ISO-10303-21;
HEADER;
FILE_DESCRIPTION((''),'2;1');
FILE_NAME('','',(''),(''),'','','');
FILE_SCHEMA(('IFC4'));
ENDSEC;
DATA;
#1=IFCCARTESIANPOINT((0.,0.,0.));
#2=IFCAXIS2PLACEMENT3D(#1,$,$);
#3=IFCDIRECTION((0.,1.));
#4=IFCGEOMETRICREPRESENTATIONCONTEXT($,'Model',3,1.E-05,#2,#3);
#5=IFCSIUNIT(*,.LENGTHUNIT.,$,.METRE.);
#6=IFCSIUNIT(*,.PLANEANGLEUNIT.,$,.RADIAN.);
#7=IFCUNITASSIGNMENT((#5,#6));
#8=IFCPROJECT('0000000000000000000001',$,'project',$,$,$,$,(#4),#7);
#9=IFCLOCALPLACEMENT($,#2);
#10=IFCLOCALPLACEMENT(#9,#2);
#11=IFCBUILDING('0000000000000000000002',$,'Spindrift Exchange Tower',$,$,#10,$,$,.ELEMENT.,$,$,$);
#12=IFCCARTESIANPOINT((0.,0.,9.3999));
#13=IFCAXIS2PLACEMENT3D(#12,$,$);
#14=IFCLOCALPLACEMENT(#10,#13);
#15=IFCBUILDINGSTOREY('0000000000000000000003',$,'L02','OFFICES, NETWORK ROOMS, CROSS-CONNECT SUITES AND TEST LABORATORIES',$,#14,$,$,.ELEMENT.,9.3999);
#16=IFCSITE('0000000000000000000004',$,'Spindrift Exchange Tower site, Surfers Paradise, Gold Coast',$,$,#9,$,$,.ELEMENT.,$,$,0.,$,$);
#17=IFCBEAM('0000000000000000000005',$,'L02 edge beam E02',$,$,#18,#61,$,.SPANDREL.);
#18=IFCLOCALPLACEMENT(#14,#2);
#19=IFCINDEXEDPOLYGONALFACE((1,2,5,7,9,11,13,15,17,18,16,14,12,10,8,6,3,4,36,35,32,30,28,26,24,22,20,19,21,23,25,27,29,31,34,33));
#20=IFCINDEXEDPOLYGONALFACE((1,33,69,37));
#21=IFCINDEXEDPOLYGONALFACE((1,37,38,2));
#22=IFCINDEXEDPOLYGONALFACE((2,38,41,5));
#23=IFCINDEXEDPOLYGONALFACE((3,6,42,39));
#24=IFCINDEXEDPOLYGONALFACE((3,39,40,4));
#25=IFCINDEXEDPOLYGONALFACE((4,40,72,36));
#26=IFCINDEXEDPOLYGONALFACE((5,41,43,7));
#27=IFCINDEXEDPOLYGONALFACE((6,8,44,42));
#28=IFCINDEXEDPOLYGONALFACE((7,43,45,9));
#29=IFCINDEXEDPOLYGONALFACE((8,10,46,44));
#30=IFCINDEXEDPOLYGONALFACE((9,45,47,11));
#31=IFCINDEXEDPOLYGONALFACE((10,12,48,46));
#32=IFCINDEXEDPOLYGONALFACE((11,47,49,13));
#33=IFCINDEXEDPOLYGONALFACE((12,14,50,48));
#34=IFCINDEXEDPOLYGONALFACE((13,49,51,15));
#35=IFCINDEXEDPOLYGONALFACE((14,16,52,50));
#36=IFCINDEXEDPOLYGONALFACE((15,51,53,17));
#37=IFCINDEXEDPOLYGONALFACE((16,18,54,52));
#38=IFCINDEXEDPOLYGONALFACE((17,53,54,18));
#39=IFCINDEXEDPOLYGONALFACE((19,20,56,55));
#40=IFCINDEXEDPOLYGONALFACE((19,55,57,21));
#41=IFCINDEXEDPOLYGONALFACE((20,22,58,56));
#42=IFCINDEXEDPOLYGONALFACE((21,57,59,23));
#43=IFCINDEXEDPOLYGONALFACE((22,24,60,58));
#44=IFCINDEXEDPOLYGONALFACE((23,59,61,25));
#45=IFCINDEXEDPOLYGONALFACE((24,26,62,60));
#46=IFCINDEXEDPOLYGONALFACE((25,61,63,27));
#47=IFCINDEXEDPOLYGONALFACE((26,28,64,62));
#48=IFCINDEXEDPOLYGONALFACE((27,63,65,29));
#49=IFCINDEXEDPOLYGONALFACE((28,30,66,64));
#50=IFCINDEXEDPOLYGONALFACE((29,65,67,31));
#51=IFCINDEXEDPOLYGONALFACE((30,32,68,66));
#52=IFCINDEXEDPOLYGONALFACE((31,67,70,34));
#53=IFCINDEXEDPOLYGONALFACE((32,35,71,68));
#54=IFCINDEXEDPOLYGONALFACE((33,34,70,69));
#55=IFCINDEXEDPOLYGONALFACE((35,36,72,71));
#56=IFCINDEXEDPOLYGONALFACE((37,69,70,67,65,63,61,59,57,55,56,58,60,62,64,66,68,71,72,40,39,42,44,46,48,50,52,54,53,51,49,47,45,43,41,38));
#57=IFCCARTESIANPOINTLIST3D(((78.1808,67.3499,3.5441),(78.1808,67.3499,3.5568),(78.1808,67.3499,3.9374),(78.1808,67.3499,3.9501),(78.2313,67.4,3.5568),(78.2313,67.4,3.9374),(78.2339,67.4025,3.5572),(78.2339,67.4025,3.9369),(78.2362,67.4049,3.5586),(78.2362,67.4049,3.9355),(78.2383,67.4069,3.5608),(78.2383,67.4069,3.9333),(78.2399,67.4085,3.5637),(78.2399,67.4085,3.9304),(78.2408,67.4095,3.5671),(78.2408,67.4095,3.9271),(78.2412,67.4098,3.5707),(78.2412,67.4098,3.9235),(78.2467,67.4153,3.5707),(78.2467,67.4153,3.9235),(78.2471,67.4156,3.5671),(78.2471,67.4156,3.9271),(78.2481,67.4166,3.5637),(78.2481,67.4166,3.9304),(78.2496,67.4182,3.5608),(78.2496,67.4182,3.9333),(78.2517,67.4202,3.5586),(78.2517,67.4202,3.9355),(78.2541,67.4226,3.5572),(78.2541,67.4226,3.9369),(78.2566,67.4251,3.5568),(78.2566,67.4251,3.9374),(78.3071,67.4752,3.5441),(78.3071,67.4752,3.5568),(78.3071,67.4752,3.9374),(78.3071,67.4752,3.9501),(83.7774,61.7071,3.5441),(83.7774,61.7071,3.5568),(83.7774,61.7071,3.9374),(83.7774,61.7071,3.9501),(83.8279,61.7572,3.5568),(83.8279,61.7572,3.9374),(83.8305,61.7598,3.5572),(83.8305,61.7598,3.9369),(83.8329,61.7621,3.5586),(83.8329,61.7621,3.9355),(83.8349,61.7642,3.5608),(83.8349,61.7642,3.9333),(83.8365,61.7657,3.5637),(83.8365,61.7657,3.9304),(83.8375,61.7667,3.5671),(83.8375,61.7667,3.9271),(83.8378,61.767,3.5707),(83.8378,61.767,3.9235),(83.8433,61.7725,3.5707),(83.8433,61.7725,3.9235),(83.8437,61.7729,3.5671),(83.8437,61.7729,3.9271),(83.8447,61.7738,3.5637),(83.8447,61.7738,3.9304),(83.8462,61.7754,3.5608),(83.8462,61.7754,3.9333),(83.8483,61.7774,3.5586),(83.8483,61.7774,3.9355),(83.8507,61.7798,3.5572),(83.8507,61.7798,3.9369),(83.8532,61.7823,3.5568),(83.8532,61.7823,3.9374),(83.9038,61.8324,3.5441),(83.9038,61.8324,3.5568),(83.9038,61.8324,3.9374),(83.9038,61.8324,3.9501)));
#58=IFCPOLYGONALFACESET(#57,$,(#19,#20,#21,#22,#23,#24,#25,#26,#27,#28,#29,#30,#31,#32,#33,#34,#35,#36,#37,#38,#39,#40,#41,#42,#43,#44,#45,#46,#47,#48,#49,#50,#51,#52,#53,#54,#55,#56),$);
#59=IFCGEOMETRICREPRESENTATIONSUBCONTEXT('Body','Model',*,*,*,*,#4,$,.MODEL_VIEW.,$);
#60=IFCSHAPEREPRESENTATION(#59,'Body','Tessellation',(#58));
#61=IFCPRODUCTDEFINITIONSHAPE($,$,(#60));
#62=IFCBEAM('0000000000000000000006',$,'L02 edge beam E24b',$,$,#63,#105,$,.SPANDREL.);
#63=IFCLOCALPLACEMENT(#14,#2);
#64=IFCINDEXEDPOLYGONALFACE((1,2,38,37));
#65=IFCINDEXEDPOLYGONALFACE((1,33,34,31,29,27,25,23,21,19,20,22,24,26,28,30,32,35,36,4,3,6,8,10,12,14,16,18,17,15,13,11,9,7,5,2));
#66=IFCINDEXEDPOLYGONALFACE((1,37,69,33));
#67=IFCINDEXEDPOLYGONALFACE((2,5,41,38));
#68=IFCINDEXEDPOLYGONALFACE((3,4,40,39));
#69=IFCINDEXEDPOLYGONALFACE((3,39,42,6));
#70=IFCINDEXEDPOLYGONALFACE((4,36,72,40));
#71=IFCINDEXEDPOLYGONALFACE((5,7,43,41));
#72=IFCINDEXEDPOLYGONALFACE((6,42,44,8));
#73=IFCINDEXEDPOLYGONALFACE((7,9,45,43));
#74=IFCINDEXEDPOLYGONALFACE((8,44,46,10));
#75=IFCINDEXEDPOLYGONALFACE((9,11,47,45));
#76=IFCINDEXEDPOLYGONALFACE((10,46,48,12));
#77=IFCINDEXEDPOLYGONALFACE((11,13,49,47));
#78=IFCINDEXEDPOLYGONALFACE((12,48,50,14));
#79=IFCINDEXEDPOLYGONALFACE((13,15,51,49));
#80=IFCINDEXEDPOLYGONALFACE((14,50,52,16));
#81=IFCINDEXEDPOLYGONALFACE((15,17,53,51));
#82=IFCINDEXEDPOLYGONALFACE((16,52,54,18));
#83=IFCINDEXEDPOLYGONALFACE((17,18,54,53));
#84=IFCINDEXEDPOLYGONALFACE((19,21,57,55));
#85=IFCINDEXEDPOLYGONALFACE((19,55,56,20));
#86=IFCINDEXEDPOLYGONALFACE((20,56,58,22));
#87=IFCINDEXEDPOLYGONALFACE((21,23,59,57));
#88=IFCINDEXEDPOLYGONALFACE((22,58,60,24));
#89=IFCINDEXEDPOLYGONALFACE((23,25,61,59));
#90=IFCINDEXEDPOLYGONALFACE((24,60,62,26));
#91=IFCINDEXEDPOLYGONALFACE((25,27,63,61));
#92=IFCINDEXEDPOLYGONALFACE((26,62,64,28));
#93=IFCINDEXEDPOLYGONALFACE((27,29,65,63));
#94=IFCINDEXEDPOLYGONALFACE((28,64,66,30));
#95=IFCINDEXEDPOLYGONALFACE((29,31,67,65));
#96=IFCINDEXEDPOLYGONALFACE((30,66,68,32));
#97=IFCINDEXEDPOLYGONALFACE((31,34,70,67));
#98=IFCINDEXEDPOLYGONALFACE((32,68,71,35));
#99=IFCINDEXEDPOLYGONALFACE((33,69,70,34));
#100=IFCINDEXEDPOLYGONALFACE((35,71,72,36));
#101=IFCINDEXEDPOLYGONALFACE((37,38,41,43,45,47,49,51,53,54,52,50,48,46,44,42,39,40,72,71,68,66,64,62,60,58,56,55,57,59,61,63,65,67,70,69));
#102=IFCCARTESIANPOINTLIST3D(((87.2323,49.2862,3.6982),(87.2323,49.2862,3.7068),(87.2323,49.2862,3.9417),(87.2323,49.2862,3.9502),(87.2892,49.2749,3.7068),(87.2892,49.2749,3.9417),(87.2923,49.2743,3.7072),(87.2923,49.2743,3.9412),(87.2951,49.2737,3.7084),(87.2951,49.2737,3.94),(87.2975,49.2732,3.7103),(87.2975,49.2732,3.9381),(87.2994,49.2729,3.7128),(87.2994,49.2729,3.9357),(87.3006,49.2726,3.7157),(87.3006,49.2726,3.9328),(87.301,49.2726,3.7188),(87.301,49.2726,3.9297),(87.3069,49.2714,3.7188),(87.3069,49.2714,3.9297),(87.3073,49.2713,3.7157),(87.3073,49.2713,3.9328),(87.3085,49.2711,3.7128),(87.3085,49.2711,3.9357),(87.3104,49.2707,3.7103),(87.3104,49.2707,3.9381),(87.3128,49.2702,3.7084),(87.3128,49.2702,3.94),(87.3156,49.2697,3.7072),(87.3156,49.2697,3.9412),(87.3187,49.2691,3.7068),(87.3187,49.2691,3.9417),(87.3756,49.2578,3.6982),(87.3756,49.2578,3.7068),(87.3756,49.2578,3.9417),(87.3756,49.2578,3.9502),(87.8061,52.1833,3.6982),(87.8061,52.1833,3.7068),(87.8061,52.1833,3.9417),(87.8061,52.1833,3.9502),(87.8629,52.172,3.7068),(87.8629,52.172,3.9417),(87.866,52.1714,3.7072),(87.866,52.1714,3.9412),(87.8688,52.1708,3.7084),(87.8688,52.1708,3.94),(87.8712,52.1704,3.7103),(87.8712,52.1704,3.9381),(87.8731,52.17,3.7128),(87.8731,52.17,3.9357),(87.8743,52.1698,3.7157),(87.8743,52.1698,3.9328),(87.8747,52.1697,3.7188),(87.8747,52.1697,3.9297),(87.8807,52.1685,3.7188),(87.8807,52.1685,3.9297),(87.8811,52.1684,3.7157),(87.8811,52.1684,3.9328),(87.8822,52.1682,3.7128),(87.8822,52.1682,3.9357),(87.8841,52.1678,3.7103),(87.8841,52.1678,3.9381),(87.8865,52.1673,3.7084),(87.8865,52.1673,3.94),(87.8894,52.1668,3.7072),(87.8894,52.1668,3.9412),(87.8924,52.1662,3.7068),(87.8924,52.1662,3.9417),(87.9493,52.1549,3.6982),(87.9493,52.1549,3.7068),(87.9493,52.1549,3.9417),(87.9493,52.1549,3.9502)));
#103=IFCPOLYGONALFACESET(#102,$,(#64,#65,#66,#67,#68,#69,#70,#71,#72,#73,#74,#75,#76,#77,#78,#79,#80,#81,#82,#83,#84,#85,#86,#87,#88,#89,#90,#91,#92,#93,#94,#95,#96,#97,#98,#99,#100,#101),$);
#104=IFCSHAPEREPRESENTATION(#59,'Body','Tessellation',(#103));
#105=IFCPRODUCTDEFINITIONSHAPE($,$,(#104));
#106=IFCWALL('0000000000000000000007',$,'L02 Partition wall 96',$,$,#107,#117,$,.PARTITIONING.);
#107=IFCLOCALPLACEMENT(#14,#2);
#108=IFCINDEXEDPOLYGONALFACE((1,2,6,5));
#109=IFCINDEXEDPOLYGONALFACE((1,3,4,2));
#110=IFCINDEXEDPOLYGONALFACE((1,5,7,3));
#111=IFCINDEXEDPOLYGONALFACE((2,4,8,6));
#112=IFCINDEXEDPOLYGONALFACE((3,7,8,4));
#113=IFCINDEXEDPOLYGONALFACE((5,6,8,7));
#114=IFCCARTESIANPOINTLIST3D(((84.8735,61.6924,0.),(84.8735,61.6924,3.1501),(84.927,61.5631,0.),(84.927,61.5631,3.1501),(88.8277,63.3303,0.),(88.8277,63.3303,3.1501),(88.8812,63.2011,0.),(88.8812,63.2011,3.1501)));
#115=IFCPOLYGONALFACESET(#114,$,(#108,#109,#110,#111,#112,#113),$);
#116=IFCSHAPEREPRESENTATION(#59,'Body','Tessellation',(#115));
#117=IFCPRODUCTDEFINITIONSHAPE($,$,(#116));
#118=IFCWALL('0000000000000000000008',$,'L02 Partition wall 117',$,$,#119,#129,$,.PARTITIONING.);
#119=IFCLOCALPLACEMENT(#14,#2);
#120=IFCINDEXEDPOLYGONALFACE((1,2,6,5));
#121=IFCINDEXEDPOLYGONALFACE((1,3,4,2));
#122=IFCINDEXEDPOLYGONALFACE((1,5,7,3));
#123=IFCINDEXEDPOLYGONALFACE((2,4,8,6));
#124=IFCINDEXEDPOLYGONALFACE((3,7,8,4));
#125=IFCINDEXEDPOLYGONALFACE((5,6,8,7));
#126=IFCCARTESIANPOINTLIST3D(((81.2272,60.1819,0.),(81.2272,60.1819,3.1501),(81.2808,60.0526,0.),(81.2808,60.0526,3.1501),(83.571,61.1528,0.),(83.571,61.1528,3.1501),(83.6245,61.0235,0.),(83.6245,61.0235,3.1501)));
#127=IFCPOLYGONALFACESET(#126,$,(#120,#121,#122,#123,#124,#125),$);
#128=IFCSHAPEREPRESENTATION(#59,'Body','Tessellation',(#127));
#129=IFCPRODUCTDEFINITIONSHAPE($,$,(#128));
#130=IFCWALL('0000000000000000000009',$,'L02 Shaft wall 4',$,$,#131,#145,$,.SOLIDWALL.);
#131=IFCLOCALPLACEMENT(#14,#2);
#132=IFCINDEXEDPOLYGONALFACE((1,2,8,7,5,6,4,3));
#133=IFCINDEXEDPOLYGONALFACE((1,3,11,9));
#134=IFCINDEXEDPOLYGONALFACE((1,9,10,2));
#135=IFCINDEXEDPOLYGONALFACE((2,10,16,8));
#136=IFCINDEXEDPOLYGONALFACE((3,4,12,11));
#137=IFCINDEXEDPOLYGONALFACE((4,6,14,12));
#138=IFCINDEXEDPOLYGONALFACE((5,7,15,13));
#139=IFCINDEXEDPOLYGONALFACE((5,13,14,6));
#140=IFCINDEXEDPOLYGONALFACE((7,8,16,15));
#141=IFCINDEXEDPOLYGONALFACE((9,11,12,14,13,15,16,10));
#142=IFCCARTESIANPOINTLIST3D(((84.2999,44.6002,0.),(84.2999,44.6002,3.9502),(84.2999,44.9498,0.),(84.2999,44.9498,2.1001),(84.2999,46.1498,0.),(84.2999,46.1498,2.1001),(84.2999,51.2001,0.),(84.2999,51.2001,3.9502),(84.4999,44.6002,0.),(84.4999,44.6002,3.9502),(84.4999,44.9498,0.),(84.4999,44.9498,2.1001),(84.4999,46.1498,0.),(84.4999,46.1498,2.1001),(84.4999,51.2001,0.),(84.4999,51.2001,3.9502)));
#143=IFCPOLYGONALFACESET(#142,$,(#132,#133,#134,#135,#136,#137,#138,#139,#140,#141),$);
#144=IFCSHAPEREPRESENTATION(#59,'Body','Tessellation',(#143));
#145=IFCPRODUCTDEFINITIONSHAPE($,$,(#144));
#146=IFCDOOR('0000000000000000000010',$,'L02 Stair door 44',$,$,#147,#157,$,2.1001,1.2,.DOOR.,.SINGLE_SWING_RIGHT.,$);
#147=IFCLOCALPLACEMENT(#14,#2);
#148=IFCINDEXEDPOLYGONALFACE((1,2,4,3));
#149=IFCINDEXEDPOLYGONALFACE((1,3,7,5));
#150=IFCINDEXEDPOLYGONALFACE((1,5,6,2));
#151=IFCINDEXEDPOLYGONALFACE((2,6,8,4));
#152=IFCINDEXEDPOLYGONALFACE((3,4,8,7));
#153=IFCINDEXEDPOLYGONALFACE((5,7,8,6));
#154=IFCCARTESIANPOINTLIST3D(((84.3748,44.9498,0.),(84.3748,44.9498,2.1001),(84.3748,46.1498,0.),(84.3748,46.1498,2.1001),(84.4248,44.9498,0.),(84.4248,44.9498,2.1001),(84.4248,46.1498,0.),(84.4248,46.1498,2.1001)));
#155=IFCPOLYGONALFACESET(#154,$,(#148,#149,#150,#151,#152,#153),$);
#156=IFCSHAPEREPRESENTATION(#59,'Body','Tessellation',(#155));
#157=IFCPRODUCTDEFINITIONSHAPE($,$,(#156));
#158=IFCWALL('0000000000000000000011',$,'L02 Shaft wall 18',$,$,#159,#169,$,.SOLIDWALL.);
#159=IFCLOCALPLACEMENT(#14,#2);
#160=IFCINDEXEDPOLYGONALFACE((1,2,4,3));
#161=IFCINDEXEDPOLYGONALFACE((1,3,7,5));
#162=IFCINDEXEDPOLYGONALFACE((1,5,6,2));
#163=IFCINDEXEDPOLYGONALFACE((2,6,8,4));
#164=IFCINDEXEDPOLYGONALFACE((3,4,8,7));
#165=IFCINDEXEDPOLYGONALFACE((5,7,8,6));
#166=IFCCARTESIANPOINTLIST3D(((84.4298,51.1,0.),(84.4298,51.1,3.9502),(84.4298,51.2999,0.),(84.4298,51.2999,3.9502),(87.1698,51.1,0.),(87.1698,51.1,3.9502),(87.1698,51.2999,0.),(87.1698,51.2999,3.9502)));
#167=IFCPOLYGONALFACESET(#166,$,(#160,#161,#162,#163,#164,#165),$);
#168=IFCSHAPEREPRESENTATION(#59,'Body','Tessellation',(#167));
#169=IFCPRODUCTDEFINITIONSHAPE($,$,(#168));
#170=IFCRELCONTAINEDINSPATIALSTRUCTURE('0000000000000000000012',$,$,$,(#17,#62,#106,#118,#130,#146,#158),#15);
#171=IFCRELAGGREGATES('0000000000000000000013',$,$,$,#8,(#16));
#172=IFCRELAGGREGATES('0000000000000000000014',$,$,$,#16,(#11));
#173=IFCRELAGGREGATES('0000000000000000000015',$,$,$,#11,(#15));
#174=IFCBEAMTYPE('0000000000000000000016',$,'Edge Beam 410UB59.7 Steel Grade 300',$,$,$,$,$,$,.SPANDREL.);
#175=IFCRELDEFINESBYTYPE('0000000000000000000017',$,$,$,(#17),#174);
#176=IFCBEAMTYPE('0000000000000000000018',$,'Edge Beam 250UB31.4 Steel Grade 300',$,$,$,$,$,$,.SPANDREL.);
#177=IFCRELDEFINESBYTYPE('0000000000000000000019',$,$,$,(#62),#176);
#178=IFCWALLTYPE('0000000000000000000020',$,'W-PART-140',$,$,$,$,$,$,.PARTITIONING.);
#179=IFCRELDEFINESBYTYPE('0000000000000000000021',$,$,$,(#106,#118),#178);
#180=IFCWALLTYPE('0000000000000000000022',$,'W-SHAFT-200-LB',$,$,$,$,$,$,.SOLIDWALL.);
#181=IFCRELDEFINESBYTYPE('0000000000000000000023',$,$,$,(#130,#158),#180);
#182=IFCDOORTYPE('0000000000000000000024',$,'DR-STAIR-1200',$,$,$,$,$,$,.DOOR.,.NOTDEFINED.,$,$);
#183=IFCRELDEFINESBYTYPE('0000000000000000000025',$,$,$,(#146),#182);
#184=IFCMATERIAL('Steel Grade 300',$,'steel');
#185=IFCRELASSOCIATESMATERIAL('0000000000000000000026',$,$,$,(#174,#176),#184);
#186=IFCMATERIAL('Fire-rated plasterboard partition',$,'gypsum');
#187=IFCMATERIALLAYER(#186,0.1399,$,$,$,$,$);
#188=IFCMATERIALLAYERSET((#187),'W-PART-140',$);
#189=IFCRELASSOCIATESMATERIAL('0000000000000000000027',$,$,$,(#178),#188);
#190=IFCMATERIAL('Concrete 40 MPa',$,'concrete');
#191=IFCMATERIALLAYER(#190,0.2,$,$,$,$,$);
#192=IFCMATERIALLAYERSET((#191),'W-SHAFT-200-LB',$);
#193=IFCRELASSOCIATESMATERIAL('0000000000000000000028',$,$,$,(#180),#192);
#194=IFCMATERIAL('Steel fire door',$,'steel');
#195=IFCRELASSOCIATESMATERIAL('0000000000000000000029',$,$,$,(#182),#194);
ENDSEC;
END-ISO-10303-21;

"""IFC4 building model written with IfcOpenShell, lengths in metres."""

from ifc_helpers import new_model, si_unit, direction, frame, frame_2d, origin, origin_2d, place, context, subcontext, project, spatial, rectangle, i_section, extrude, source, transform, mapped, material, layer, layer_set, material_profile, profile_set, type_object, element, fill, save


model = new_model("IFC4")

# Units and contexts
model_context = context("Model", 3, precision=1e-05, world=origin(), true_north=direction((0.0, 1.0)))
body_context = subcontext(model_context, "Body", "Model", "MODEL_VIEW")
ifc_project = project(units=[si_unit("LENGTHUNIT", "METRE"), si_unit("PLANEANGLEUNIT", "RADIAN")], contexts=[model_context])

# Site, building, storey
site_placement = place(None, origin())
site = spatial("IfcSite", under=ifc_project, at=site_placement, Name="Spindrift Exchange Tower site, Surfers Paradise, Gold Coast", CompositionType="ELEMENT", RefElevation=0.0)
building_placement = place(site_placement, origin())
building = spatial("IfcBuilding", under=site, at=building_placement, Name="Spindrift Exchange Tower", CompositionType="ELEMENT")
storey_placement = place(building_placement, frame((0.0, 0.0, 9.3999)))
storey = spatial("IfcBuildingStorey", under=building, at=storey_placement, Name="L02", Description="OFFICES, NETWORK ROOMS, CROSS-CONNECT SUITES AND TEST LABORATORIES", CompositionType="ELEMENT", Elevation=9.3999)

# Beams
ifc_material_1 = material(Name="Steel Grade 300", Category="steel")
ifc_material_profile_1 = material_profile(ifc_material_1, i_section(OverallWidth=0.178, OverallDepth=0.406, WebThickness=0.0078, FlangeThickness=0.0127, FilletRadius=0.0139, at=origin_2d()), Name="410UB59.7")
ifc_profile_set_1 = profile_set([ifc_material_profile_1], Name="Steel Grade 300")
beam_type_1 = type_object("IfcBeamType", Name="Edge Beam 410UB59.7 Steel Grade 300", PredefinedType="SPANDREL", material=ifc_profile_set_1)
shared_shape_1 = source(origin(), body_context, "Body", "SweptSolid", [
    extrude(i_section(OverallWidth=0.178, OverallDepth=0.406, WebThickness=0.0078, FlangeThickness=0.0127, FilletRadius=0.0139, at=origin_2d()), origin(), (0.0, 0.0, 1.0), 7.9475),
])
beam_1_placement = place(storey_placement, frame((83.8406, 61.7698, 3.7471), z_axis=(-0.704198, 0.710004, 0.0), x_axis=(-0.710004, -0.704198, 0.0)))
element("IfcBeam", 1, at=beam_1_placement, inside=storey, type_object=beam_type_1, Name="L02 edge beam E02", PredefinedType="SPANDREL", context=body_context, shape_type="MappedRepresentation", body=[
    mapped(shared_shape_1, transform((0.0, 0.0, 0.0), scale=1.0)),
])
ifc_material_profile_2 = material_profile(ifc_material_1, i_section(OverallWidth=0.146, OverallDepth=0.252, WebThickness=0.0061, FlangeThickness=0.0085, FilletRadius=0.012, at=origin_2d()), Name="250UB31.4")
ifc_profile_set_2 = profile_set([ifc_material_profile_2], Name="Steel Grade 300")
beam_type_2 = type_object("IfcBeamType", Name="Edge Beam 250UB31.4 Steel Grade 300", PredefinedType="SPANDREL", material=ifc_profile_set_2)
shared_shape_2 = source(origin(), body_context, "Body", "SweptSolid", [
    extrude(i_section(OverallWidth=0.146, OverallDepth=0.252, WebThickness=0.0061, FlangeThickness=0.0085, FilletRadius=0.012, at=origin_2d()), origin(), (0.0, 0.0, 1.0), 2.9534),
])
beam_2_placement = place(storey_placement, frame((87.304, 49.272, 3.8242), z_axis=(0.194256, 0.980951, 0.0), x_axis=(-0.980951, 0.194256, 0.0)))
element("IfcBeam", 2, at=beam_2_placement, inside=storey, type_object=beam_type_2, Name="L02 edge beam E24b", PredefinedType="SPANDREL", context=body_context, shape_type="MappedRepresentation", body=[
    mapped(shared_shape_2, transform((0.0, 0.0, 0.0), scale=1.0)),
])

# Walls
ifc_material_2 = material(Name="Fire-rated plasterboard partition", Category="gypsum")
ifc_layer_1 = layer(ifc_material_2, 0.1399)
ifc_layer_set_1 = layer_set([ifc_layer_1], Name="W-PART-140")
wall_type_1 = type_object("IfcWallType", Name="W-PART-140", PredefinedType="PARTITIONING", material=ifc_layer_set_1)
wall_1_placement = place(storey_placement, frame((84.9001, 61.6277, 0.0), z_axis=(0.0, 0.0, 1.0), x_axis=(0.923872, 0.382703, 0.0)))
element("IfcWall", 3, at=wall_1_placement, inside=storey, type_object=wall_type_1, Name="L02 Partition wall 96", PredefinedType="PARTITIONING", context=body_context, shape_type="SweptSolid", body=[
    extrude(rectangle(XDim=4.28, YDim=0.1399, at=frame_2d((2.1401, 0.0))), origin(), (0.0, 0.0, 1.0), 3.1501),
])
wall_2_placement = place(storey_placement, frame((81.2539, 60.1172, 0.0), z_axis=(0.0, 0.0, 1.0), x_axis=(0.923861, 0.382729, 0.0)))
element("IfcWall", 4, at=wall_2_placement, inside=storey, type_object=wall_type_1, Name="L02 Partition wall 117", PredefinedType="PARTITIONING", context=body_context, shape_type="SweptSolid", body=[
    extrude(rectangle(XDim=2.5369, YDim=0.1399, at=frame_2d((1.2686, 0.0))), origin(), (0.0, 0.0, 1.0), 3.1501),
])

# Wall, opening, door
ifc_material_3 = material(Name="Concrete 40 MPa", Category="concrete")
ifc_layer_2 = layer(ifc_material_3, 0.2)
ifc_layer_set_2 = layer_set([ifc_layer_2], Name="W-SHAFT-200-LB")
wall_type_2 = type_object("IfcWallType", Name="W-SHAFT-200-LB", PredefinedType="SOLIDWALL", material=ifc_layer_set_2)
wall_3_placement = place(storey_placement, frame((84.3999, 51.2, 0.0), z_axis=(0.0, 0.0, 1.0), x_axis=(0.0, -1.0, 0.0)))
wall_3 = element("IfcWall", 5, at=wall_3_placement, inside=storey, type_object=wall_type_2, Name="L02 Shaft wall 4", PredefinedType="SOLIDWALL", context=body_context, shape_type="SweptSolid", body=[
    extrude(rectangle(XDim=6.5999, YDim=0.2, at=frame_2d((3.2998, 0.0))), origin(), (0.0, 0.0, 1.0), 3.9502),
])
opening_placement = place(wall_3_placement, frame((5.05, 0.0, 0.0)))
opening = element("IfcOpeningElement", 6, at=opening_placement, cuts=wall_3, PredefinedType="OPENING", context=body_context, shape_type="SweptSolid", body=[
    extrude(rectangle(XDim=1.2, YDim=2.1001, at=frame_2d((0.6001, 1.05))), frame((0.0, 0.1099, 0.0), z_axis=(0.0, -1.0, 0.0), x_axis=(1.0, 0.0, 0.0)), (0.0, 0.0, 1.0), 0.22),
])
ifc_material_4 = material(Name="Steel fire door", Category="steel")
door_type = type_object("IfcDoorType", Name="DR-STAIR-1200", OperationType="NOTDEFINED", PredefinedType="DOOR", material=ifc_material_4)
shared_shape_3 = source(origin(), body_context, "Body", "SweptSolid", [
    extrude(rectangle(XDim=1.2, YDim=2.1001, at=frame_2d((0.6001, 1.05))), frame((0.0, 0.0249, 0.0), z_axis=(0.0, -1.0, 0.0), x_axis=(1.0, 0.0, 0.0)), (0.0, 0.0, 1.0), 0.05),
])
door_placement = place(opening_placement, origin())
door = element("IfcDoor", 7, at=door_placement, inside=storey, type_object=door_type, Name="L02 Stair door 44", OperationType="SINGLE_SWING_RIGHT", OverallHeight=2.1001, OverallWidth=1.2, PredefinedType="DOOR", context=body_context, shape_type="MappedRepresentation", body=[
    mapped(shared_shape_3, transform((0.0, 0.0, 0.0), scale=1.0)),
])
fill(opening, door)

# Wall
wall_4_placement = place(storey_placement, frame((87.1699, 51.2, 0.0), z_axis=(0.0, 0.0, 1.0), x_axis=(-1.0, 0.0, 0.0)))
element("IfcWall", 8, at=wall_4_placement, inside=storey, type_object=wall_type_2, Name="L02 Shaft wall 18", PredefinedType="SOLIDWALL", context=body_context, shape_type="SweptSolid", body=[
    extrude(rectangle(XDim=2.74, YDim=0.2, at=frame_2d((1.3701, 0.0))), origin(), (0.0, 0.0, 1.0), 3.9502),
])

save(model, "model.ifc")
